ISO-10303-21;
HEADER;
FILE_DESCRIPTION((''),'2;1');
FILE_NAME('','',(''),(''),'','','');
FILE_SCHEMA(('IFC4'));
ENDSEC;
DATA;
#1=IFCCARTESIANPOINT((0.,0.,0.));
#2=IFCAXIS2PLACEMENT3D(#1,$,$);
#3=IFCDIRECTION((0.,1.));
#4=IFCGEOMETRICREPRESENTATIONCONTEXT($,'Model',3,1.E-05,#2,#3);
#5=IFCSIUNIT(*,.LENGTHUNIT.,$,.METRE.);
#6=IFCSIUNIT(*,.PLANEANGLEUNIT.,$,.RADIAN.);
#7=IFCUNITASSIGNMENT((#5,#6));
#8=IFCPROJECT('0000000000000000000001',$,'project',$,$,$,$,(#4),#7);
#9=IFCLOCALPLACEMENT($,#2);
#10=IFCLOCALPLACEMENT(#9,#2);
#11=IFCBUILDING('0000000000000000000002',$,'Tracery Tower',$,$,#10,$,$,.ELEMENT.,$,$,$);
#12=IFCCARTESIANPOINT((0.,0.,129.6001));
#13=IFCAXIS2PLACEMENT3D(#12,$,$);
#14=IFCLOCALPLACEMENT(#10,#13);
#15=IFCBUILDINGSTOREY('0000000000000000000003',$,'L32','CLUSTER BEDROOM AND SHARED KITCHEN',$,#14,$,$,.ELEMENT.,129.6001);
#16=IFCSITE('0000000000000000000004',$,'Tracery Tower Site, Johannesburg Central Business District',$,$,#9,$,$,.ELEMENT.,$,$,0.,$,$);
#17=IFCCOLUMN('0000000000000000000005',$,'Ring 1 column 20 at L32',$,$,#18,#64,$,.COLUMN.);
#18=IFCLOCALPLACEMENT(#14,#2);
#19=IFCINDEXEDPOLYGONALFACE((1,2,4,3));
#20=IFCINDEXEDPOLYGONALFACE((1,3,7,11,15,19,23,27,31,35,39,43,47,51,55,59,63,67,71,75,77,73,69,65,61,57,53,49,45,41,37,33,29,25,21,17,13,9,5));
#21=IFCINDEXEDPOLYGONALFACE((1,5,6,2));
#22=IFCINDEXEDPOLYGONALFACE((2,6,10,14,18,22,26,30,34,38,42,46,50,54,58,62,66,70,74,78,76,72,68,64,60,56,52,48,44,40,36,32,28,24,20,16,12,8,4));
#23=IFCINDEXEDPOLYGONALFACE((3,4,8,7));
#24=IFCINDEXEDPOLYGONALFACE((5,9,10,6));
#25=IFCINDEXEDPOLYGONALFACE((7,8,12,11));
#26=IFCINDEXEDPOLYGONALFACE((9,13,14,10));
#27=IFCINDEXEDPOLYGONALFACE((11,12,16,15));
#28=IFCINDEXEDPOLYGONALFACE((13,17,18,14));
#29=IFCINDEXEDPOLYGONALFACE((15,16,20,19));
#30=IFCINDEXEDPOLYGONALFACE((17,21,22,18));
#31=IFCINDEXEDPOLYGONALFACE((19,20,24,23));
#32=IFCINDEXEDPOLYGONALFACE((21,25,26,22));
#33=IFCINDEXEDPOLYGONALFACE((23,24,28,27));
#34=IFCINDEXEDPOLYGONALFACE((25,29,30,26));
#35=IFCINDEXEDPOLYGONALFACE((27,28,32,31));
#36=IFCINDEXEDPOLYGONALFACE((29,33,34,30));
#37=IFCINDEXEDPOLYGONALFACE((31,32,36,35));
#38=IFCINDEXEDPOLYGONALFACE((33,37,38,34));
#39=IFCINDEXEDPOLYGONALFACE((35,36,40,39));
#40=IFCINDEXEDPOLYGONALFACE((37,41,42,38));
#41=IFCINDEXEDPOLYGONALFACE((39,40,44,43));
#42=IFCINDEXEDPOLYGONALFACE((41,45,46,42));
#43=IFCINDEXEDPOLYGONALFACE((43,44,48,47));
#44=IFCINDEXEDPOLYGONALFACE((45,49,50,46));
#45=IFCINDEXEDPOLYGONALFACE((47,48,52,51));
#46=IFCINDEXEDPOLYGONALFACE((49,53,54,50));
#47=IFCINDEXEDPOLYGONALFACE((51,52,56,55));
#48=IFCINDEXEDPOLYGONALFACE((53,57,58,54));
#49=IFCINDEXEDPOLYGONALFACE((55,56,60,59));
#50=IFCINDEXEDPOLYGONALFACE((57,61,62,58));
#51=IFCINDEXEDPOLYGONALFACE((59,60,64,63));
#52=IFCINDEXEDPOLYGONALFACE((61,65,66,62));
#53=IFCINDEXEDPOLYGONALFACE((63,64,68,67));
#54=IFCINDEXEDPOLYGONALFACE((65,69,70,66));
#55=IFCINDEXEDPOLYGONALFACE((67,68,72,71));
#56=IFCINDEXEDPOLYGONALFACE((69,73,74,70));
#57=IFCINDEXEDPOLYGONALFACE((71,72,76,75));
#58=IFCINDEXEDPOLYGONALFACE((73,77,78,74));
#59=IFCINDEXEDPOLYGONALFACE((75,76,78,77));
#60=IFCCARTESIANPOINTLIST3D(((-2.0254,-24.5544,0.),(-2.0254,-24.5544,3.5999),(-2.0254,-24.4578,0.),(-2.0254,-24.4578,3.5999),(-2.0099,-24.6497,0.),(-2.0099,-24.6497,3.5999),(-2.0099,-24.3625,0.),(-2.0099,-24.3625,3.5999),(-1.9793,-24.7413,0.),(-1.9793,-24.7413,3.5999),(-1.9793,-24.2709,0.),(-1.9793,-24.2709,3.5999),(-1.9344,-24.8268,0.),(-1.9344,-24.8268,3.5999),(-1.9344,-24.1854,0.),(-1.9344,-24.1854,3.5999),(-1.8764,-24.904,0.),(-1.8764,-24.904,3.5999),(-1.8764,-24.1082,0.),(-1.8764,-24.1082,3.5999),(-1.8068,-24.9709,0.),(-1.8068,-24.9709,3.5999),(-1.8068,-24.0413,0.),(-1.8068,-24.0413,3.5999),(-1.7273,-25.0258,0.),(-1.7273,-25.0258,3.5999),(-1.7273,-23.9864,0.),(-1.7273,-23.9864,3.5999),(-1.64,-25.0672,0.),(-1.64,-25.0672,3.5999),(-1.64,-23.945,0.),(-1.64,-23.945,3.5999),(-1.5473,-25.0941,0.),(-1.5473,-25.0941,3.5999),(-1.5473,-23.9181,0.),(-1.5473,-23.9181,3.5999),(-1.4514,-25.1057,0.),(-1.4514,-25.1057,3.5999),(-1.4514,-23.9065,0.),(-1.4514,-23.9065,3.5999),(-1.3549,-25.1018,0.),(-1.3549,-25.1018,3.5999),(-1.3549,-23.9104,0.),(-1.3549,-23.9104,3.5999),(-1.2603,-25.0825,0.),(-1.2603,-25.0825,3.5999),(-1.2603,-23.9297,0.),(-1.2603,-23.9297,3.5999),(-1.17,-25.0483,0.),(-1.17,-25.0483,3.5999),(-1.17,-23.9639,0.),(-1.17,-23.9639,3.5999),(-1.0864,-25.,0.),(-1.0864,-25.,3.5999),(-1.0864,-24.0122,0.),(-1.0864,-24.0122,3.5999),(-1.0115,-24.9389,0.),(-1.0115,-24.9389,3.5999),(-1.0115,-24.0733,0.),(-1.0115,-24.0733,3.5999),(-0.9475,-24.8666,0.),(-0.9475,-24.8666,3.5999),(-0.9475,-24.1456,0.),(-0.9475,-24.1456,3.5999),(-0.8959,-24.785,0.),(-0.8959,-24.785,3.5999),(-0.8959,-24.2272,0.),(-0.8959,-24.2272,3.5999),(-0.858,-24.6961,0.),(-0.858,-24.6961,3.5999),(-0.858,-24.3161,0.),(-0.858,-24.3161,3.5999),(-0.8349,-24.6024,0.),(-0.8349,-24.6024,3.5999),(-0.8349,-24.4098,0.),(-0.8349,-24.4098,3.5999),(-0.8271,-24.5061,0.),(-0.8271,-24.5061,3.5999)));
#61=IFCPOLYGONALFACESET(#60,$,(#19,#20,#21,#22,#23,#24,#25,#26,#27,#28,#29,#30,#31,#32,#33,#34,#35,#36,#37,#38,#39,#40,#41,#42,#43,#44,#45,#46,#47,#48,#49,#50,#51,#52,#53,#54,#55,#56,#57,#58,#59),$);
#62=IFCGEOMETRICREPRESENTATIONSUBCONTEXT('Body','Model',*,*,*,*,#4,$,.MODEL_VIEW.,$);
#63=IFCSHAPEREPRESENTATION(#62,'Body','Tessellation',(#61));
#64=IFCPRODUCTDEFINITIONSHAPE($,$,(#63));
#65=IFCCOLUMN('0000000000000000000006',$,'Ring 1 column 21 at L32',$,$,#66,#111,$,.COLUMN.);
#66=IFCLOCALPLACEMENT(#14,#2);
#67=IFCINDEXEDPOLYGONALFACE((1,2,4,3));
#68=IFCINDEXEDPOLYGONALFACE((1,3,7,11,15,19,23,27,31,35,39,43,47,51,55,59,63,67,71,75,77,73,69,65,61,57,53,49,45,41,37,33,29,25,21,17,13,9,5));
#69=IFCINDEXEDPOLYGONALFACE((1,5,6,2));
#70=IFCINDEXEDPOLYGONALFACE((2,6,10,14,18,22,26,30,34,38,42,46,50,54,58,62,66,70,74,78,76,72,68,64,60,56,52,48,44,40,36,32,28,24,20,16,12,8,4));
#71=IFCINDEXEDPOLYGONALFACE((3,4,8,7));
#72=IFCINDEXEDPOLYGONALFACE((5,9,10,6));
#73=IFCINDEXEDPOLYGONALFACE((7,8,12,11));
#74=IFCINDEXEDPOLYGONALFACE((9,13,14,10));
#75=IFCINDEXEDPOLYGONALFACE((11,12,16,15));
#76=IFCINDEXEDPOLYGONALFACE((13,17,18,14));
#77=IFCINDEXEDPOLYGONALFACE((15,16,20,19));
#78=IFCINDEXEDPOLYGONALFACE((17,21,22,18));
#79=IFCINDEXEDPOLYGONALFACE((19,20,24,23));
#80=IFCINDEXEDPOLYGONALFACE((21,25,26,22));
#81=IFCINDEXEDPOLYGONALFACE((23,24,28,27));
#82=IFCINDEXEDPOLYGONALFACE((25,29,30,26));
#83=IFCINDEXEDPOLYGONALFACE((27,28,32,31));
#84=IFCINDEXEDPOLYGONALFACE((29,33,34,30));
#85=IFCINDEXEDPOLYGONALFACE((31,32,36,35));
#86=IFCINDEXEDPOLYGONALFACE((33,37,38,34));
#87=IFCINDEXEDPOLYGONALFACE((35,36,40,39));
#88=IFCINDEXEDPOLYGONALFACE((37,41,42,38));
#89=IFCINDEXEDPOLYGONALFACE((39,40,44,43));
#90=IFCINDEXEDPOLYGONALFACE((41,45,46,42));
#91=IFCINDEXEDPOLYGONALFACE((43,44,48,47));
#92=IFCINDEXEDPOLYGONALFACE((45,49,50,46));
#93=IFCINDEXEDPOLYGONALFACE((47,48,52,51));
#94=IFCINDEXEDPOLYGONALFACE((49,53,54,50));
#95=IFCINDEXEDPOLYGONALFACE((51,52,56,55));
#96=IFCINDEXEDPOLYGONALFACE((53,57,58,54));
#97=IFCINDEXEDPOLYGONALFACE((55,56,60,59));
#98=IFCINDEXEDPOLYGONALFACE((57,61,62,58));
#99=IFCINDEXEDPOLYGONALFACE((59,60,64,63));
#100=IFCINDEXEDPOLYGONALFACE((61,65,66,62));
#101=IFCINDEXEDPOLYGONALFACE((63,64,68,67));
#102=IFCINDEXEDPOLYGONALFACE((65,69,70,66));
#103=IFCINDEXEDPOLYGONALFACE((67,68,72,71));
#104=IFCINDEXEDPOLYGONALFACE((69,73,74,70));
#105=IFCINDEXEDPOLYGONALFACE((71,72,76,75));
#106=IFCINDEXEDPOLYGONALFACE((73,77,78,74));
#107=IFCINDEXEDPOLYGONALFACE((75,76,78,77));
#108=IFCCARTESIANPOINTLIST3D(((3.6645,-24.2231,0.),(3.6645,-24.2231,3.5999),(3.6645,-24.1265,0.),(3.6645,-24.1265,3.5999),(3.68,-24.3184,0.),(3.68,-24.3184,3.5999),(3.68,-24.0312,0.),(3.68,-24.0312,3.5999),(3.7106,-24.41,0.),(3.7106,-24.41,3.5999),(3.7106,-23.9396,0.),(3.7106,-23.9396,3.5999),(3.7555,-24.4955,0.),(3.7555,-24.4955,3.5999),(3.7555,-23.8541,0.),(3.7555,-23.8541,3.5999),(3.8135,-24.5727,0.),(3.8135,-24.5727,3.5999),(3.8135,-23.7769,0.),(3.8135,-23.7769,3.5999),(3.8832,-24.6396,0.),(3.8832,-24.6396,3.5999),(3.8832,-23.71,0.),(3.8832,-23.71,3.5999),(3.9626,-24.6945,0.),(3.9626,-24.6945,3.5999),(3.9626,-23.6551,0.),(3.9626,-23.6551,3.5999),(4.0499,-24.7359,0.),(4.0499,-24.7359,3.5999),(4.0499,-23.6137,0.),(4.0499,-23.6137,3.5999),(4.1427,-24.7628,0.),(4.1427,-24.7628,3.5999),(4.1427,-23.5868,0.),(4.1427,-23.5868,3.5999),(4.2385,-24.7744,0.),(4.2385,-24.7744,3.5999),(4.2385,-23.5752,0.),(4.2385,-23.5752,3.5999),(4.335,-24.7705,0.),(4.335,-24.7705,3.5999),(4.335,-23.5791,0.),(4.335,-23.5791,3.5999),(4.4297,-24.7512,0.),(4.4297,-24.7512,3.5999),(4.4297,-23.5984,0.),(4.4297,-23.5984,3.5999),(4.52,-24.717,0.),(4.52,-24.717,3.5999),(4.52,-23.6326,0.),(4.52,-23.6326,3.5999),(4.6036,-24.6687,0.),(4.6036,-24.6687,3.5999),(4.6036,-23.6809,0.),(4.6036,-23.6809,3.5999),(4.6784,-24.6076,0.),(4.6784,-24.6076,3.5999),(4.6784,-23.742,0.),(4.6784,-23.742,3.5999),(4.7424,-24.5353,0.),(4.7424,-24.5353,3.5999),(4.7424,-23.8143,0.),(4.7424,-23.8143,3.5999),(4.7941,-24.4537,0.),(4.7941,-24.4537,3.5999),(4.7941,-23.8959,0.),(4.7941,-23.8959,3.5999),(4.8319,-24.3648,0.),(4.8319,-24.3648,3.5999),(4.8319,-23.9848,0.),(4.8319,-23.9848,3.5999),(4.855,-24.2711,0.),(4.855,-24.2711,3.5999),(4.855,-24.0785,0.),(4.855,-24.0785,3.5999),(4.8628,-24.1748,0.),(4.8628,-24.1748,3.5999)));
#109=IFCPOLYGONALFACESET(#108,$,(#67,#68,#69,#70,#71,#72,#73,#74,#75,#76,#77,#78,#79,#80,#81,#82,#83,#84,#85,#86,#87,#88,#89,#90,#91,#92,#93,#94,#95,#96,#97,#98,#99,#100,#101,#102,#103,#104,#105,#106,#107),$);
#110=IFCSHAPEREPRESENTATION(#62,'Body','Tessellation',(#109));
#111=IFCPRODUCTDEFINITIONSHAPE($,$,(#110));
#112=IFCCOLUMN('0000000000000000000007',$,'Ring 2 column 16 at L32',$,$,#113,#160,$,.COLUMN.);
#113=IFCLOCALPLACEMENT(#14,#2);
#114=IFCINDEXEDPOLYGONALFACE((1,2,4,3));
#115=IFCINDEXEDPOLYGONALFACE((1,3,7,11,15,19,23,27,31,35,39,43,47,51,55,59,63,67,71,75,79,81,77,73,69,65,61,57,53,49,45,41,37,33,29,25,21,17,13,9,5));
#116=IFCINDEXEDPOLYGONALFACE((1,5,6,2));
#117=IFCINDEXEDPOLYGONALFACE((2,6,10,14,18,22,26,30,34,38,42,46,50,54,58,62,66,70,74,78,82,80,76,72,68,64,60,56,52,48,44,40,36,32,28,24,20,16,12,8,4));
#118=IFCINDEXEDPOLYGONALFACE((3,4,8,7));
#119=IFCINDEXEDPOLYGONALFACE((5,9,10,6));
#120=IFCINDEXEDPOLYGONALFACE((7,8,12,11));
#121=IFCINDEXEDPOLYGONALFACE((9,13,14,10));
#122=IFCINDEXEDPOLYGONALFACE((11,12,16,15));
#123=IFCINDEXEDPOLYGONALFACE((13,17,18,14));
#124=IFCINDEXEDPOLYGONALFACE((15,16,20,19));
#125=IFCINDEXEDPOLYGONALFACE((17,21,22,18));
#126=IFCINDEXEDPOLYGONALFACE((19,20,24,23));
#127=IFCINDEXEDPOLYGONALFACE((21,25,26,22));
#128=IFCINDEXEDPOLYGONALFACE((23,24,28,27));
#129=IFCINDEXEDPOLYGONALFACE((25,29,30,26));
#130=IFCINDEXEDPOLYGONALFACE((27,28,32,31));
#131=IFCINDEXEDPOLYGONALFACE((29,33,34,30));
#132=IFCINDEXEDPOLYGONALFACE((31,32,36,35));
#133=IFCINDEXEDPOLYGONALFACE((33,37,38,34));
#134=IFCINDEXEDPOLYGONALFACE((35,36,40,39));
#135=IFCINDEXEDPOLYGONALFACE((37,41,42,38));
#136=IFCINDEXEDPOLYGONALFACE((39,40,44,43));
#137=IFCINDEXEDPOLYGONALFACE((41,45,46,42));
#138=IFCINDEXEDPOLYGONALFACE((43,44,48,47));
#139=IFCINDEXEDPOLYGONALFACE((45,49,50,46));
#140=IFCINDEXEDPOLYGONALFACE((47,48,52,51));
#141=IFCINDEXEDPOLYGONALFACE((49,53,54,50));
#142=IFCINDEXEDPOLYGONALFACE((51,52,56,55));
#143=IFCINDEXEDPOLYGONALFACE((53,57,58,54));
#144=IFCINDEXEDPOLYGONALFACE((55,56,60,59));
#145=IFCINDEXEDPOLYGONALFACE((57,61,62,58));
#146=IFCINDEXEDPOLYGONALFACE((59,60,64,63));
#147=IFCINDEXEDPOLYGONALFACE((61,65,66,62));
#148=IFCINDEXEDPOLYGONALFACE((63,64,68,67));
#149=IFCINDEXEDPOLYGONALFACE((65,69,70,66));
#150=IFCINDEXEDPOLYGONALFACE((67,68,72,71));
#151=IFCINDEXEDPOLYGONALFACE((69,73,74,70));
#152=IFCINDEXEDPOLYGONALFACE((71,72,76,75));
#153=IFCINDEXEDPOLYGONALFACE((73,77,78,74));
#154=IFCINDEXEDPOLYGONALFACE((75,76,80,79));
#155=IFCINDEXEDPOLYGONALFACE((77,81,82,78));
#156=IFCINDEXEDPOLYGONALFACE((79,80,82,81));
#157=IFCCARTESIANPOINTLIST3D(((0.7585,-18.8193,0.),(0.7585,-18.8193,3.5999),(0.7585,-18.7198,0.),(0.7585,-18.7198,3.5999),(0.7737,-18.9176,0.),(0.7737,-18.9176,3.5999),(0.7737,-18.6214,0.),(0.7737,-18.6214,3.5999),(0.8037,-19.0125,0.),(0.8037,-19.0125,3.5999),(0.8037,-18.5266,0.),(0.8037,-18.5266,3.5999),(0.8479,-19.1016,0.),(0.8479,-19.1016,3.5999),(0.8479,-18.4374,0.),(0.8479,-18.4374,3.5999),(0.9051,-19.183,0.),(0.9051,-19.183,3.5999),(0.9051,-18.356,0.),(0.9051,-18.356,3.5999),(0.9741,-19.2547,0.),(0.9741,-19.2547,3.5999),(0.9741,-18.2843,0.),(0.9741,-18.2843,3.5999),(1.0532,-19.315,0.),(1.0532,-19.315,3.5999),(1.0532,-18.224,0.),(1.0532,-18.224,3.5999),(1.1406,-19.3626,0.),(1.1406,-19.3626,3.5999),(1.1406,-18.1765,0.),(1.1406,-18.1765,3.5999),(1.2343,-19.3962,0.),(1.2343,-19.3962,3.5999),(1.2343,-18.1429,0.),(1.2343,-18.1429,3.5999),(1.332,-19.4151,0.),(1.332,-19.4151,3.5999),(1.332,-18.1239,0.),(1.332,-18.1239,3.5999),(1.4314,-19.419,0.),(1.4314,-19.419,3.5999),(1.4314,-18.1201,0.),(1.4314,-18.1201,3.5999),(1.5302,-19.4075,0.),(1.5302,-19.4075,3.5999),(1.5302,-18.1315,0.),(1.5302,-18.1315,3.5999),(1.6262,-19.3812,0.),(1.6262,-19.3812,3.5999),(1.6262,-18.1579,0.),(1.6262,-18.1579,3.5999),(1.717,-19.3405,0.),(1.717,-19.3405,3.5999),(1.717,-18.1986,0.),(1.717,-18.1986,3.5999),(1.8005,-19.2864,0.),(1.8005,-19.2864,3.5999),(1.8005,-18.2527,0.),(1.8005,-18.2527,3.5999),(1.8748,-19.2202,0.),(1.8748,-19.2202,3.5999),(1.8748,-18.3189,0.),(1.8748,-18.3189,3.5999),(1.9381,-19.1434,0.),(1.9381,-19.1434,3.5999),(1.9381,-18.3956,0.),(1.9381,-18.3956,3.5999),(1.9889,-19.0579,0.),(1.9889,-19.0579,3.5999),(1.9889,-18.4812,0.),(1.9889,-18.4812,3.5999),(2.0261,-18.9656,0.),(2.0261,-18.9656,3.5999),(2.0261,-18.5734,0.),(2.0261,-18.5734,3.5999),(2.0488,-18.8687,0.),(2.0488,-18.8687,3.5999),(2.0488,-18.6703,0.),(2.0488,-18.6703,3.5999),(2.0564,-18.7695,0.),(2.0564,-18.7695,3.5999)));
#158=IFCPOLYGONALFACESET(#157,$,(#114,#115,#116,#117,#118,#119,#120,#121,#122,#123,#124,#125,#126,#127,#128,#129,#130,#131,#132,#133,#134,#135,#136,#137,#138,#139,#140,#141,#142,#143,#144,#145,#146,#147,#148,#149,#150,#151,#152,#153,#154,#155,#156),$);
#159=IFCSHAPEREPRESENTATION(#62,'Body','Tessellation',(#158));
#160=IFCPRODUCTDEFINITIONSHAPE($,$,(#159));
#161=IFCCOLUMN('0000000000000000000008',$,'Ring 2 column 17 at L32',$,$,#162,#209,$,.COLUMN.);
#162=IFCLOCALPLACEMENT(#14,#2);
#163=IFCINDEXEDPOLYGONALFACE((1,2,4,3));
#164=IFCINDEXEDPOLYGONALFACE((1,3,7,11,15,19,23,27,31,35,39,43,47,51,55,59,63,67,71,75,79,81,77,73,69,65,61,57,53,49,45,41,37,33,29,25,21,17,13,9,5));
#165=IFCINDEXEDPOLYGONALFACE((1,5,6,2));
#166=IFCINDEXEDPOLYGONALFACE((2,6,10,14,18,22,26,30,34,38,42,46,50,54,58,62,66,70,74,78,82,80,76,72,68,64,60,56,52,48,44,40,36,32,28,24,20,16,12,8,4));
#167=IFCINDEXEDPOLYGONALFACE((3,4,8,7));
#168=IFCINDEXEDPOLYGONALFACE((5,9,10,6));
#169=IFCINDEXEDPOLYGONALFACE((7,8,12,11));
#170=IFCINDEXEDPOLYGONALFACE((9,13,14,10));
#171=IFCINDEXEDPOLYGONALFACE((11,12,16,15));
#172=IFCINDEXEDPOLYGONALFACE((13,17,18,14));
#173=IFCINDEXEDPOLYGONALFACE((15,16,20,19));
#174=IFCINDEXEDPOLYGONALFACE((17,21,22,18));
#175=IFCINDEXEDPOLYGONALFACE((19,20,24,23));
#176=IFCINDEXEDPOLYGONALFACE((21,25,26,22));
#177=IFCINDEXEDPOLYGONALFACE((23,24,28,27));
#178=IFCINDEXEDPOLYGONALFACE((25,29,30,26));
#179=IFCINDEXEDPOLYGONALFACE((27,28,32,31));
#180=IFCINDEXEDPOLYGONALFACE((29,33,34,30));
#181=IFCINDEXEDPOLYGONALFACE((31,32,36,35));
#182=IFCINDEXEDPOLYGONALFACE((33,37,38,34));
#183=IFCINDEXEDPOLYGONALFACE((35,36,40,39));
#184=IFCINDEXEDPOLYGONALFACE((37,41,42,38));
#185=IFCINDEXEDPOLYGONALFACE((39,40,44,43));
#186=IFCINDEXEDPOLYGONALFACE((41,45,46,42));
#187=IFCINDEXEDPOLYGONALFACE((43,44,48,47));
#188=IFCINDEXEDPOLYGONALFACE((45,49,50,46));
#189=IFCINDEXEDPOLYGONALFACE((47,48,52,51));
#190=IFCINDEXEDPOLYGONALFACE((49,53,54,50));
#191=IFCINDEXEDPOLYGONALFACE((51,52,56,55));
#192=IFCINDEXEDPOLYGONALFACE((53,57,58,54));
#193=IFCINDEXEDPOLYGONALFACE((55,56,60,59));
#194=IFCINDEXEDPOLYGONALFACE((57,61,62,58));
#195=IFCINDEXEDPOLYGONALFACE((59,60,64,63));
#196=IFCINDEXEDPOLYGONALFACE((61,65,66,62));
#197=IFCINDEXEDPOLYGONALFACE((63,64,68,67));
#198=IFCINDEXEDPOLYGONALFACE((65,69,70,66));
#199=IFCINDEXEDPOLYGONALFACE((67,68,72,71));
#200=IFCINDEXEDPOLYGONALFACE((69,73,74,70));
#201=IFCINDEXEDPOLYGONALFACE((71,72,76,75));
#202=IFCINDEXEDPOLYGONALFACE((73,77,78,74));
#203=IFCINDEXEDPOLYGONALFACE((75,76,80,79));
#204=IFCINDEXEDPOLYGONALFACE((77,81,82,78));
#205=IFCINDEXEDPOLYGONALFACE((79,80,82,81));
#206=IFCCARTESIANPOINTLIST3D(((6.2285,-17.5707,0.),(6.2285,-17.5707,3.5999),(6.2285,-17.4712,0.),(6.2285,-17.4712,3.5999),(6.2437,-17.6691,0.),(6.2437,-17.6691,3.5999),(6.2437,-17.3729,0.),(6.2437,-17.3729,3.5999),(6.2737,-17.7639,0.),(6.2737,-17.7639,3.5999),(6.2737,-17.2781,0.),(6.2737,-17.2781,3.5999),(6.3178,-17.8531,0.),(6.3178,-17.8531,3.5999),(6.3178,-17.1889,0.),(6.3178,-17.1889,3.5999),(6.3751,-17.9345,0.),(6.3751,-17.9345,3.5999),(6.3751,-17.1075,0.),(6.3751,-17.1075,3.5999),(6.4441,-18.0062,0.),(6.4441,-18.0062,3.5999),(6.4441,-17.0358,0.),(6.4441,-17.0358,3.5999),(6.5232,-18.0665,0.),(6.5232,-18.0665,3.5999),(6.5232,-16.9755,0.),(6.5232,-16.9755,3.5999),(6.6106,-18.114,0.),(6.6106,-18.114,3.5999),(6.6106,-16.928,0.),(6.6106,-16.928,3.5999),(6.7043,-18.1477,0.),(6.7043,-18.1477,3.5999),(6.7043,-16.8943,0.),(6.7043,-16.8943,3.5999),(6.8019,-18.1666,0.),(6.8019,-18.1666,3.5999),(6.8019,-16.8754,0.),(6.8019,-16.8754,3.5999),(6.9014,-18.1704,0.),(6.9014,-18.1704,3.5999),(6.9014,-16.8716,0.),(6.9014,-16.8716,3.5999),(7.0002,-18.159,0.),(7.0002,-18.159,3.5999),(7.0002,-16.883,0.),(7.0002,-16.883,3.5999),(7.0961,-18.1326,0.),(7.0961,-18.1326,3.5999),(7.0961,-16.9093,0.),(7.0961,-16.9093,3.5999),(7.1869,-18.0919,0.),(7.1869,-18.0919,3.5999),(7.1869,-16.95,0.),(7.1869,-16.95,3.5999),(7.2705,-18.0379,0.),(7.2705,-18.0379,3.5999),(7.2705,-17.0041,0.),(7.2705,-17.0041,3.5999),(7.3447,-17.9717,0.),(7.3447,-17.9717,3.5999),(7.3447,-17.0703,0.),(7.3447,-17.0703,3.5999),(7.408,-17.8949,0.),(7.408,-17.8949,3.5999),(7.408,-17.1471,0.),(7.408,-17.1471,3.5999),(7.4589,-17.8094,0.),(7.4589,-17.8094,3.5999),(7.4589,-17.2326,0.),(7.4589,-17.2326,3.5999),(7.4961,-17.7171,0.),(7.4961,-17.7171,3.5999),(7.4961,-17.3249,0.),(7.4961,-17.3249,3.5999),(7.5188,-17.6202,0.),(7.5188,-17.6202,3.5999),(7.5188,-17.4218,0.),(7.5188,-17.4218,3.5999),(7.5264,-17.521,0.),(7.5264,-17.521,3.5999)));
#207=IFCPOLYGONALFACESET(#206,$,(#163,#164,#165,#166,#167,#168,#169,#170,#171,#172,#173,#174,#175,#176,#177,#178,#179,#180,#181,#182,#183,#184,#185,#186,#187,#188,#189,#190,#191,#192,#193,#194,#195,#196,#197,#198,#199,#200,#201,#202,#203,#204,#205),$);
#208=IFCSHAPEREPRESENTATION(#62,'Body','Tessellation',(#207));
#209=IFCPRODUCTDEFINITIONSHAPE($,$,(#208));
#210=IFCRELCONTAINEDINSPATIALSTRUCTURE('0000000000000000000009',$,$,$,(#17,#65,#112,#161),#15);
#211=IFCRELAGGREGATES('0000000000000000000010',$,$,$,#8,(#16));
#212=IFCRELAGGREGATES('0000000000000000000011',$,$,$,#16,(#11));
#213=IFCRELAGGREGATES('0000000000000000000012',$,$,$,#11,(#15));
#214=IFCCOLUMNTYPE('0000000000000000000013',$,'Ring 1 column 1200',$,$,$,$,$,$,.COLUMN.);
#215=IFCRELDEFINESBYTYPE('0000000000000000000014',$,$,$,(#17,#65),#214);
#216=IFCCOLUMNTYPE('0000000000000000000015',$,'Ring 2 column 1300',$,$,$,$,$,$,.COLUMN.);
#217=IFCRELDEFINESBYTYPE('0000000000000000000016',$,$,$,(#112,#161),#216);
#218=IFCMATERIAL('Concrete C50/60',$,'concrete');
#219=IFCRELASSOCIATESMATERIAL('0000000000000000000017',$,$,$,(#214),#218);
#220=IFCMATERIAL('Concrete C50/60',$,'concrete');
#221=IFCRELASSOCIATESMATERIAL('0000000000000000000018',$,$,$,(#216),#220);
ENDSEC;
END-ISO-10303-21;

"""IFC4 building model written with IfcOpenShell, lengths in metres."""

from ifc_helpers import new_model, si_unit, direction, frame, origin, origin_2d, place, context, subcontext, project, spatial, circle, extrude, material, material_profile, profile_set, type_object, element, save


model = new_model("IFC4")

# Units and contexts
model_context = context("Model", 3, precision=1e-05, world=origin(), true_north=direction((0.0, 1.0)))
body_context = subcontext(model_context, "Body", "Model", "MODEL_VIEW")
ifc_project = project(units=[si_unit("LENGTHUNIT", "METRE"), si_unit("PLANEANGLEUNIT", "RADIAN")], contexts=[model_context])

# Site, building, storey
site_placement = place(None, origin())
site = spatial("IfcSite", under=ifc_project, at=site_placement, Name="Tracery Tower Site, Johannesburg Central Business District", CompositionType="ELEMENT", RefElevation=0.0)
building_placement = place(site_placement, origin())
building = spatial("IfcBuilding", under=site, at=building_placement, Name="Tracery Tower", CompositionType="ELEMENT")
storey_placement = place(building_placement, frame((0.0, 0.0, 129.6001)))
storey = spatial("IfcBuildingStorey", under=building, at=storey_placement, Name="L32", Description="CLUSTER BEDROOM AND SHARED KITCHEN", CompositionType="ELEMENT", Elevation=129.6001)

# Columns
ifc_material_1 = material(Name="Concrete C50/60", Category="concrete")
ifc_material_profile_1 = material_profile(ifc_material_1, circle(Radius=0.6001, at=origin_2d()), Name="RC D1200")
ifc_profile_set_1 = profile_set([ifc_material_profile_1], Name="Concrete C50/60")
column_type_1 = type_object("IfcColumnType", Name="Ring 1 column 1200", PredefinedType="COLUMN", material=ifc_profile_set_1)
for number, where, z_axis, x_axis, name in (
    (1, (-1.4272, -24.5061, 0.0), (0.0, 0.0, 1.0), (1.0, 0.0, 0.0), "Ring 1 column 20 at L32"),
    (2, (4.2627, -24.1748, 0.0), (0.0, 0.0, 1.0), (1.0, 0.0, 0.0), "Ring 1 column 21 at L32"),
):
    element("IfcColumn", number, at=place(storey_placement, frame(where, z_axis=z_axis, x_axis=x_axis)), inside=storey, type_object=column_type_1, Name=name, PredefinedType="COLUMN", context=body_context, shape_type="SweptSolid", body=[
        extrude(circle(Radius=0.6001, at=origin_2d()), origin(), (0.0, 0.0, 1.0), 3.5999),
    ])
ifc_material_2 = material(Name="Concrete C50/60", Category="concrete")
ifc_material_profile_2 = material_profile(ifc_material_2, circle(Radius=0.6499, at=origin_2d()), Name="RC D1300")
ifc_profile_set_2 = profile_set([ifc_material_profile_2], Name="Concrete C50/60")
column_type_2 = type_object("IfcColumnType", Name="Ring 2 column 1300", PredefinedType="COLUMN", material=ifc_profile_set_2)
for number, where, z_axis, x_axis, name in (
    (3, (1.4065, -18.7695, 0.0), (0.0, 0.0, 1.0), (1.0, 0.0, 0.0), "Ring 2 column 16 at L32"),
    (4, (6.8765, -17.521, 0.0), (0.0, 0.0, 1.0), (1.0, 0.0, 0.0), "Ring 2 column 17 at L32"),
):
    element("IfcColumn", number, at=place(storey_placement, frame(where, z_axis=z_axis, x_axis=x_axis)), inside=storey, type_object=column_type_2, Name=name, PredefinedType="COLUMN", context=body_context, shape_type="SweptSolid", body=[
        extrude(circle(Radius=0.6499, at=origin_2d()), origin(), (0.0, 0.0, 1.0), 3.5999),
    ])

save(model, "model.ifc")
